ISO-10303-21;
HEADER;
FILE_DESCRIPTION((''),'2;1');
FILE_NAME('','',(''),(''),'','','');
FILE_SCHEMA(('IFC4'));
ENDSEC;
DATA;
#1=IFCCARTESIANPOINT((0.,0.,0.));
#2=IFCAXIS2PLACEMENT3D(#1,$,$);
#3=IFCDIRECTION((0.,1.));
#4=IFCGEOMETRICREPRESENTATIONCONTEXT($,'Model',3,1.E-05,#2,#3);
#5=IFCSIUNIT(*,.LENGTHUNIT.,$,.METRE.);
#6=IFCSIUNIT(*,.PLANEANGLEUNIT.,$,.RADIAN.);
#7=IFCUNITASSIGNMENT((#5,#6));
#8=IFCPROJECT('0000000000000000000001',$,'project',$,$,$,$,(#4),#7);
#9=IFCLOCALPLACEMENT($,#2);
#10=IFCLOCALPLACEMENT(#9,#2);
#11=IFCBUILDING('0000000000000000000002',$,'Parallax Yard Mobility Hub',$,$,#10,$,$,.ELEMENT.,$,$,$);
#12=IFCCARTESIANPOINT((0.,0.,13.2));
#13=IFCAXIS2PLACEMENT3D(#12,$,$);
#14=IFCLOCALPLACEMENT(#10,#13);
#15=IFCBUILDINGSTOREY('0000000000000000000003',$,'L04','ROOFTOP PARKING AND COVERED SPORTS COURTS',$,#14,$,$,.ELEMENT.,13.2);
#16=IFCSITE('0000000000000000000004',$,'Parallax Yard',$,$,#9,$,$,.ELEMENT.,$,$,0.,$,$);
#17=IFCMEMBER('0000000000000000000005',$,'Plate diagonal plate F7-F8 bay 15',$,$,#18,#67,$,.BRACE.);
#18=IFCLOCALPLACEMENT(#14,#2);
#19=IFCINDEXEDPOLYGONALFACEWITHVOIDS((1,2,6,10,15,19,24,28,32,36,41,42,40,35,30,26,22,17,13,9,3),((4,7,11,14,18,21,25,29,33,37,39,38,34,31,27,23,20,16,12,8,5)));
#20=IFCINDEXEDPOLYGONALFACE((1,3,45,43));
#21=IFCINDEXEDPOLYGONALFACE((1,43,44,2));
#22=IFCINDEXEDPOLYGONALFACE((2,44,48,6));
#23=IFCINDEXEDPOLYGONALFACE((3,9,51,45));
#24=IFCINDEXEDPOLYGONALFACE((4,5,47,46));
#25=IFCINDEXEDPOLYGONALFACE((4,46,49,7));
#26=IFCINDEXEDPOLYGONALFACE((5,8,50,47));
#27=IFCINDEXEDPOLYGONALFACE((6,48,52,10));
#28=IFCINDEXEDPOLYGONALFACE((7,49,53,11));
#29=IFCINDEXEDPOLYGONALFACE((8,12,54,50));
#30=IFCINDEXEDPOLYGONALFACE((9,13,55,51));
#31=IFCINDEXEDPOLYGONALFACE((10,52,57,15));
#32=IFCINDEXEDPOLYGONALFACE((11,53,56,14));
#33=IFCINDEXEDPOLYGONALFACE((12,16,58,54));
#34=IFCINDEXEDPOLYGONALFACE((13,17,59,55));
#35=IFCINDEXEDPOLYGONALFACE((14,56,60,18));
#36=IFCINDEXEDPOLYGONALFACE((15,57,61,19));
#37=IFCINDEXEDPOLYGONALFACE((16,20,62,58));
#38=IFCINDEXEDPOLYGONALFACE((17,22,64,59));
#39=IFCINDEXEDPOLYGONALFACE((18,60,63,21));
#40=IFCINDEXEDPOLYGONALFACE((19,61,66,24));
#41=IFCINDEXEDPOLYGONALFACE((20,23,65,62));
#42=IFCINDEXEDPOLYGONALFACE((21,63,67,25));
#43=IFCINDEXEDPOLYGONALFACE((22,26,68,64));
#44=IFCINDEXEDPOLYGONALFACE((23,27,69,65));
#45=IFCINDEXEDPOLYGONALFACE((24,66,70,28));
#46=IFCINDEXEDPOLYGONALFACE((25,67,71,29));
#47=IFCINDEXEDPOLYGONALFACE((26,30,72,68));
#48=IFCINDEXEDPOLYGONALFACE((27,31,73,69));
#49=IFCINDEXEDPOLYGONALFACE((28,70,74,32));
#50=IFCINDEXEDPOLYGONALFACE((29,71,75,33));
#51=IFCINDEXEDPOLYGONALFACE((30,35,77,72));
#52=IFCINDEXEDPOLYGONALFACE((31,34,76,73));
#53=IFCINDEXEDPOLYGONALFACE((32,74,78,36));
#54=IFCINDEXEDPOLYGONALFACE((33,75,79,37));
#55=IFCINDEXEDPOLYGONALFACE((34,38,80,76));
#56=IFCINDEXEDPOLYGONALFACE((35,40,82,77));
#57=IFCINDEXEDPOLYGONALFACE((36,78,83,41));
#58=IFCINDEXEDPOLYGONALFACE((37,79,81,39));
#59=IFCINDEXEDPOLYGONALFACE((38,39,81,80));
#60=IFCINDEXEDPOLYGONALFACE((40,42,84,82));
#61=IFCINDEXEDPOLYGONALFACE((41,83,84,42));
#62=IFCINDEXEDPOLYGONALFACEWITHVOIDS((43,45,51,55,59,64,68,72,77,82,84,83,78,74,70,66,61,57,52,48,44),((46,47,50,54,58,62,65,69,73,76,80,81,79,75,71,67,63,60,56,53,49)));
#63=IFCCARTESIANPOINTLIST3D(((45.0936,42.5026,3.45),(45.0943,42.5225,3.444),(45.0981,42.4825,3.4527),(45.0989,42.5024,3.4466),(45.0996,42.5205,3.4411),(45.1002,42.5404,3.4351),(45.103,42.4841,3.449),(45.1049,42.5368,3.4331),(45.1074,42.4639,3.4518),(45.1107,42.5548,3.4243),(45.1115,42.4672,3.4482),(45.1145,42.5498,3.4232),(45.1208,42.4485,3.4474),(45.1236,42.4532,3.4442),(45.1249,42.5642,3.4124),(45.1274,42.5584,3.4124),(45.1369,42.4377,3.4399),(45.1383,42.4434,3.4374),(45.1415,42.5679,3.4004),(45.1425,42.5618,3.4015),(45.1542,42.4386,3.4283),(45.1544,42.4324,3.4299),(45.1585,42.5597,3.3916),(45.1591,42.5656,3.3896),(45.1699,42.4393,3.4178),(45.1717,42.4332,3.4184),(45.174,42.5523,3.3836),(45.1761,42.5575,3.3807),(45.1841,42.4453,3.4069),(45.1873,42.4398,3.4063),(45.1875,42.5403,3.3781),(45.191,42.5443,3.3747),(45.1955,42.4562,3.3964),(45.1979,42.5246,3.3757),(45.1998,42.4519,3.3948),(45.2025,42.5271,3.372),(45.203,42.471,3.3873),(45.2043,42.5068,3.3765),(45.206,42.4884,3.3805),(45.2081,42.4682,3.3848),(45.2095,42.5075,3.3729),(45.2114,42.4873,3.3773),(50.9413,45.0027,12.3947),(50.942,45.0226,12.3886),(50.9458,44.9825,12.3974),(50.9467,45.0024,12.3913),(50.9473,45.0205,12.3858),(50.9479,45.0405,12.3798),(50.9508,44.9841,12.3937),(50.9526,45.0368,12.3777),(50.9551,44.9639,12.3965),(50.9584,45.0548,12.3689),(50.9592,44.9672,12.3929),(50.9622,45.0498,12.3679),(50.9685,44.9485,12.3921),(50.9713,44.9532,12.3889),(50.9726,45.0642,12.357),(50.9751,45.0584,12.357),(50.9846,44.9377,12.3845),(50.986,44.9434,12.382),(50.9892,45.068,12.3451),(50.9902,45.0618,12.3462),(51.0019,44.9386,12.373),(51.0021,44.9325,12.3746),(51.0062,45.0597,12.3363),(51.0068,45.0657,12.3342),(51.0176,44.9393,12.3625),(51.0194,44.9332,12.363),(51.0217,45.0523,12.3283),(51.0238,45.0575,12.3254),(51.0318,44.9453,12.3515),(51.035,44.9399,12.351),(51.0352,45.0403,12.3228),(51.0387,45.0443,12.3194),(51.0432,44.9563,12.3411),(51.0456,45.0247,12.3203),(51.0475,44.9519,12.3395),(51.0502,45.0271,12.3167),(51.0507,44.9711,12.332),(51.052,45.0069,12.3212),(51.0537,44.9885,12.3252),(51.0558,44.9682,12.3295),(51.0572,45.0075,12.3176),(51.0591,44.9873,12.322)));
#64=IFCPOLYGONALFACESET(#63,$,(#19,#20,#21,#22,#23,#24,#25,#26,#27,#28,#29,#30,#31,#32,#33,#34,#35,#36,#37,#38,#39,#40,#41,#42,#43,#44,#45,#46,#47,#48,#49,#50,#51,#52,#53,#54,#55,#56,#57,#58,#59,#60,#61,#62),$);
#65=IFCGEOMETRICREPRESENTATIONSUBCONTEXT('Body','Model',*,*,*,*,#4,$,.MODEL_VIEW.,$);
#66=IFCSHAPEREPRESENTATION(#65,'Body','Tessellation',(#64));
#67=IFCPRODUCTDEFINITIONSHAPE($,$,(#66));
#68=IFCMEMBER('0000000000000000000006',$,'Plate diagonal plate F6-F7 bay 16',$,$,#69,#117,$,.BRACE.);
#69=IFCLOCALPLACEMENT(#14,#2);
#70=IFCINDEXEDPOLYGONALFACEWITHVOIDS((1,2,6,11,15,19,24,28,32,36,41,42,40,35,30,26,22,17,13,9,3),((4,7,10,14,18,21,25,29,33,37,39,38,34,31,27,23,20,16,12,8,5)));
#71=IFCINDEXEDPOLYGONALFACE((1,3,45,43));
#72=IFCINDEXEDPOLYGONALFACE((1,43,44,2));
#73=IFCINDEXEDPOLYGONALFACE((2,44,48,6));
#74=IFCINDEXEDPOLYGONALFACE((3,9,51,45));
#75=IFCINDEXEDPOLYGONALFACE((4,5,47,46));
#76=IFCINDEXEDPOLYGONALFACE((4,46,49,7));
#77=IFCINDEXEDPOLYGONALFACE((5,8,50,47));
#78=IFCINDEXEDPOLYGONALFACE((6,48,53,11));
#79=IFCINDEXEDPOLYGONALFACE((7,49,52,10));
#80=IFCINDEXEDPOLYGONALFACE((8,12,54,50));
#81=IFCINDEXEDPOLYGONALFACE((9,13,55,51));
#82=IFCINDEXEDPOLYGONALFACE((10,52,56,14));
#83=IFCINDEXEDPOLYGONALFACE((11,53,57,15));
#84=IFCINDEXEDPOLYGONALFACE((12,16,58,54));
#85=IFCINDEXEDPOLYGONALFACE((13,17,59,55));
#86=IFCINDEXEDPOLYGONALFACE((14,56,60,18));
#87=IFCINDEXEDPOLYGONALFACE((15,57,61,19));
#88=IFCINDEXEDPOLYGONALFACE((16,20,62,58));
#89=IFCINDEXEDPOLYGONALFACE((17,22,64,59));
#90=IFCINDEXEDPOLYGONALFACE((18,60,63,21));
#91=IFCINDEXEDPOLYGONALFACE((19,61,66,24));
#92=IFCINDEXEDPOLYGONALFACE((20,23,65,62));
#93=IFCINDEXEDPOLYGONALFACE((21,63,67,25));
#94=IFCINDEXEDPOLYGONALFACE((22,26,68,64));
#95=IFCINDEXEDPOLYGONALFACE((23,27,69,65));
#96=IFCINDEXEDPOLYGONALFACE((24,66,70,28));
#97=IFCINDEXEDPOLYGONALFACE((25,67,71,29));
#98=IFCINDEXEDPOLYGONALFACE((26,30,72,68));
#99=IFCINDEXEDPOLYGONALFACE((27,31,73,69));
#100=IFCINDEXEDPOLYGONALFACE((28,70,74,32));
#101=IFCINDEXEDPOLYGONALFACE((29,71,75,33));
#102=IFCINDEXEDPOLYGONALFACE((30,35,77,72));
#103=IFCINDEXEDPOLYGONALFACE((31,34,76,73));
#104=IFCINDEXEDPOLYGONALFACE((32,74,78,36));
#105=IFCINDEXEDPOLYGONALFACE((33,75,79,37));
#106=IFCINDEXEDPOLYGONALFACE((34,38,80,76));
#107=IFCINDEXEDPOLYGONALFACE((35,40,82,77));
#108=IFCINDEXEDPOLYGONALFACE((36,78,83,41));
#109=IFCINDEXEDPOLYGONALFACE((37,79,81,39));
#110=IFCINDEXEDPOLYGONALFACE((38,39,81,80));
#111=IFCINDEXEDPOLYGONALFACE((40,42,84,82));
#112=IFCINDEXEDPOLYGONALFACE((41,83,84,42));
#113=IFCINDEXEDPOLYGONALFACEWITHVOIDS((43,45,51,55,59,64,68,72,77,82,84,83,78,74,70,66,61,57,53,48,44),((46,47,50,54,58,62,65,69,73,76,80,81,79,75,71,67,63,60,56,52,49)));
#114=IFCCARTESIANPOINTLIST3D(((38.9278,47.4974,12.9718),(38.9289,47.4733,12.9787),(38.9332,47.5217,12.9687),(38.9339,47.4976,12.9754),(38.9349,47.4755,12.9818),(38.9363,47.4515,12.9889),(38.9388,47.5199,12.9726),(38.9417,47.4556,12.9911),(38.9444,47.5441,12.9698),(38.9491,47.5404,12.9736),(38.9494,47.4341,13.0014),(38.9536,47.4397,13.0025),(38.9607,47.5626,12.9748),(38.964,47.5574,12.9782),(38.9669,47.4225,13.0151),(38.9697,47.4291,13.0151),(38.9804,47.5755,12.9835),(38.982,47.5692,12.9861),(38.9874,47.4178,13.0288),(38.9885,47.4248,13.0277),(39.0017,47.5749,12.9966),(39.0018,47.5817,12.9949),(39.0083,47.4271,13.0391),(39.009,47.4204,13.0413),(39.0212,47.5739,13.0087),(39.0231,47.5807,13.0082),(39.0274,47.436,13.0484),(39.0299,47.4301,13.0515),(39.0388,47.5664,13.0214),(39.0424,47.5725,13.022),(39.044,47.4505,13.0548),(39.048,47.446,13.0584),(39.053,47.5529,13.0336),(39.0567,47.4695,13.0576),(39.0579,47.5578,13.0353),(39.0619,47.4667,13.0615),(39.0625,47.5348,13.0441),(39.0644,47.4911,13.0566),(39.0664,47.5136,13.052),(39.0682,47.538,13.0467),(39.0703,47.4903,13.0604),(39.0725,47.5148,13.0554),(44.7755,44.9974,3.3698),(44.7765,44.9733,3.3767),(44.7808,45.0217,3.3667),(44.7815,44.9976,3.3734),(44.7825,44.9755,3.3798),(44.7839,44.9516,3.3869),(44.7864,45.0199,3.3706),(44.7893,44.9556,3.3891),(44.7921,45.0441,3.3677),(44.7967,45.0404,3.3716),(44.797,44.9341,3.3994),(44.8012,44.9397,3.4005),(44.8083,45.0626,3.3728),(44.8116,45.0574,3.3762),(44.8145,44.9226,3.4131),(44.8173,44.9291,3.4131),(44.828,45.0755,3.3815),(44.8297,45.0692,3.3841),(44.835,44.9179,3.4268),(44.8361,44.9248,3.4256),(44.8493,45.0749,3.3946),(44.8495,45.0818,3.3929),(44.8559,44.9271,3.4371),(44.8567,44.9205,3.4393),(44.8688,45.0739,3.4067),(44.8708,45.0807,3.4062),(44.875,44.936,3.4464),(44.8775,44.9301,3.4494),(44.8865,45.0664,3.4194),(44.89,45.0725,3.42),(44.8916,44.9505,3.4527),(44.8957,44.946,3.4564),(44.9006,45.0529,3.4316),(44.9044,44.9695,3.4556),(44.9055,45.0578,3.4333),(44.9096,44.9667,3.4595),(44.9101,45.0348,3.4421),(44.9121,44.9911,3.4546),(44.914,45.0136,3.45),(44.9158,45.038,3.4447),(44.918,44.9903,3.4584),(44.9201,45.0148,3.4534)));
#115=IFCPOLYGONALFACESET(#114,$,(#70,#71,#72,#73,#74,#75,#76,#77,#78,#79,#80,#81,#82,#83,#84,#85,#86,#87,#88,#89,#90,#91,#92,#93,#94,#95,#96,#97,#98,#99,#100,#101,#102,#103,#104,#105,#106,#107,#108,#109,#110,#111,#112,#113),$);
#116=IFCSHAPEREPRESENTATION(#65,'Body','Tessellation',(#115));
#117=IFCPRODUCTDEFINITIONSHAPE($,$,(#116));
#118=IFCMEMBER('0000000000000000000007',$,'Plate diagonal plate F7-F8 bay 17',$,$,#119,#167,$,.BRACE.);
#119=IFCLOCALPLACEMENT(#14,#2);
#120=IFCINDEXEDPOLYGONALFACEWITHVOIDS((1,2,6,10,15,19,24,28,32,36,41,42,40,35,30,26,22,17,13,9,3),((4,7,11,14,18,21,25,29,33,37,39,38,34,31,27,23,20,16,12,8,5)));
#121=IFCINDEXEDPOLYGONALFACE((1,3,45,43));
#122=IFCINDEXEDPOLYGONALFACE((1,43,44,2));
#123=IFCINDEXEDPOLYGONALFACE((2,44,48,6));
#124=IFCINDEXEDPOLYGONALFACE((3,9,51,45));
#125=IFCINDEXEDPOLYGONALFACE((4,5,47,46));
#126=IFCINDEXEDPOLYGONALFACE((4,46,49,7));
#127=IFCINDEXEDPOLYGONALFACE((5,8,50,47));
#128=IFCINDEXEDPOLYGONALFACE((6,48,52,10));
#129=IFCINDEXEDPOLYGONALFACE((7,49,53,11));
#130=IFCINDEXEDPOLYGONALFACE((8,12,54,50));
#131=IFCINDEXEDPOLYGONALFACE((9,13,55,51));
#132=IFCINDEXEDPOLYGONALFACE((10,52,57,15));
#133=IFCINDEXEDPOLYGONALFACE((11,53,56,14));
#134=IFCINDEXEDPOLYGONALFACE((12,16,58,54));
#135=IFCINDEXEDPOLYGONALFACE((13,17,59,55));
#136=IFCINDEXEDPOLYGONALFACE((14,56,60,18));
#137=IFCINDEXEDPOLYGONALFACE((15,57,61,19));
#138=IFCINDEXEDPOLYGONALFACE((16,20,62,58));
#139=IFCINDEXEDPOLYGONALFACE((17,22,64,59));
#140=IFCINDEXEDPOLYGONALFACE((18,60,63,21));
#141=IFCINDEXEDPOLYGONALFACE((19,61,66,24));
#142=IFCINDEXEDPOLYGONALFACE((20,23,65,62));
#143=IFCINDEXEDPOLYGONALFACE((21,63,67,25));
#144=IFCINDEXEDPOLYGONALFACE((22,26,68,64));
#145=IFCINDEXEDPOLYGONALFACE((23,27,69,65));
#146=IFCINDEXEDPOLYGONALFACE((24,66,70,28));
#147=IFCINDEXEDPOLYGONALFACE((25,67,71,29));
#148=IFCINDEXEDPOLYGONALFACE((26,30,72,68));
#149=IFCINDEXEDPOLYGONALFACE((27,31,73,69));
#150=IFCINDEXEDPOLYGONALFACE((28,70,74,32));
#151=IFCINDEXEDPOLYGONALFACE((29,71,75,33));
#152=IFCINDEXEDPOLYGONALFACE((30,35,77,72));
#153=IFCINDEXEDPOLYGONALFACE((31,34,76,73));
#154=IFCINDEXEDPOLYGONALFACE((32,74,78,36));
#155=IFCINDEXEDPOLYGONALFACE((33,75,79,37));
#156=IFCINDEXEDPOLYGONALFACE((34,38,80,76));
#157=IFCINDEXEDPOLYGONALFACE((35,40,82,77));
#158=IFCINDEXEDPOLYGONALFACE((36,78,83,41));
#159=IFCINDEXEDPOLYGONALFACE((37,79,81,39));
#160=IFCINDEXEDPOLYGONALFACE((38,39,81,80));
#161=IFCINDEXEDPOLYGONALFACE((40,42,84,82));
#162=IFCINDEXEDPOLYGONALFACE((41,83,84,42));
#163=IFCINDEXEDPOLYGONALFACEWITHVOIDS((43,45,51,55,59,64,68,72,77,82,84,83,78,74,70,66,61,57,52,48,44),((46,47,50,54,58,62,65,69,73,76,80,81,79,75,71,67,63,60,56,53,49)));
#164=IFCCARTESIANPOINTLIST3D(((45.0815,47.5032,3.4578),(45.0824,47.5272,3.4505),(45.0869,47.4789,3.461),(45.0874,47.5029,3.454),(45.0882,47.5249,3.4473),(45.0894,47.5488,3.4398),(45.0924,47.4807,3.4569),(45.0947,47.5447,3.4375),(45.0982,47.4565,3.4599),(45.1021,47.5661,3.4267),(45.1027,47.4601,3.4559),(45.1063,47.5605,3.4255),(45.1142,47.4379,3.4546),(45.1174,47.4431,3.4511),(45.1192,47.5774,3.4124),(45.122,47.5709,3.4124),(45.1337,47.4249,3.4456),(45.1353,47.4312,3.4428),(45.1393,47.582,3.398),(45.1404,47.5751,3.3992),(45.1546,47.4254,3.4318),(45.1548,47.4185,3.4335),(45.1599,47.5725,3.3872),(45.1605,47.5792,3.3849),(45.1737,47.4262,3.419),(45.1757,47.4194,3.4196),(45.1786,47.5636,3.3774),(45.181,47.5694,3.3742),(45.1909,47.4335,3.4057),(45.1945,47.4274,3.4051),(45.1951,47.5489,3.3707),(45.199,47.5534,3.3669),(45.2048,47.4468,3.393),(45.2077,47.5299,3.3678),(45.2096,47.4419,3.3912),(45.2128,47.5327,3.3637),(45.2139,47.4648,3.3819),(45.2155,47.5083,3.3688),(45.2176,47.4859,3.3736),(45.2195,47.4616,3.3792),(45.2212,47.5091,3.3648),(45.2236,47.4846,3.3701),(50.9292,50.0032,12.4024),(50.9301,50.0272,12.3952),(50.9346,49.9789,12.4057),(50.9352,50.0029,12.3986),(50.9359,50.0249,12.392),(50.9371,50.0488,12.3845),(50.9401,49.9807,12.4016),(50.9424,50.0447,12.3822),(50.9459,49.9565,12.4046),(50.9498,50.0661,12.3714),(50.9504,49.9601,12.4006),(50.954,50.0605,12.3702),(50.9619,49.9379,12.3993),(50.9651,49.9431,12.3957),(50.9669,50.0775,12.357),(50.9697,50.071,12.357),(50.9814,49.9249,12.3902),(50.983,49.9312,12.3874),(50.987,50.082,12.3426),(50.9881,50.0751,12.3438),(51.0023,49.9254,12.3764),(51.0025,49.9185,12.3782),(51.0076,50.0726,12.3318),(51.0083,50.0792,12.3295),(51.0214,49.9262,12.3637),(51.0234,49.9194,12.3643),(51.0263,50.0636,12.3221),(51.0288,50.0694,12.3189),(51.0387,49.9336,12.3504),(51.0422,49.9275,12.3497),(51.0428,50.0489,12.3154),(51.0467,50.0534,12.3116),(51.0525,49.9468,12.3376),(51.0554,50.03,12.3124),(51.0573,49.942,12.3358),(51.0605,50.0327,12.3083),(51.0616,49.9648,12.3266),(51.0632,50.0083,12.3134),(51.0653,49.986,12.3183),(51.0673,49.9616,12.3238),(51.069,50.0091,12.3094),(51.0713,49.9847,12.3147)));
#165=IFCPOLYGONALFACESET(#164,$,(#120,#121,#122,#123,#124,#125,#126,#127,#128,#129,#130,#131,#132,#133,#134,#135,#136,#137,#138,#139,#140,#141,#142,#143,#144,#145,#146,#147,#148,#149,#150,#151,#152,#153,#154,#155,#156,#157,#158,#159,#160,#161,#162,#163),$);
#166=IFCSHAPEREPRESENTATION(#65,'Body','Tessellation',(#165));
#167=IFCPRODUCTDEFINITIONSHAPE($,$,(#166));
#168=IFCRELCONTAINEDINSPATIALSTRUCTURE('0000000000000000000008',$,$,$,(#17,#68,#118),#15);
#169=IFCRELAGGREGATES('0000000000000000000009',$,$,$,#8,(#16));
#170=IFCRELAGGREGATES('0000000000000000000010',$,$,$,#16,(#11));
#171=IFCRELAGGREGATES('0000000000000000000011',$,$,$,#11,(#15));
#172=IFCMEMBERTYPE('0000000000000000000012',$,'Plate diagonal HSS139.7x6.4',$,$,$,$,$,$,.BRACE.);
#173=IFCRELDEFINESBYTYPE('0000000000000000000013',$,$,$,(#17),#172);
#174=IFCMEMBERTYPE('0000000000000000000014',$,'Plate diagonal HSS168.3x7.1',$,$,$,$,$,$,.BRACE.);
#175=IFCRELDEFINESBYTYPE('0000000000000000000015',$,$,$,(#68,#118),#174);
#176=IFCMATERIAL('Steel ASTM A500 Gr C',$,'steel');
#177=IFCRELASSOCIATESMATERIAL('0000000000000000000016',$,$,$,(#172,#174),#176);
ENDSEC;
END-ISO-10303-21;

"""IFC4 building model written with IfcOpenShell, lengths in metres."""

from ifc_helpers import new_model, si_unit, direction, frame, origin, origin_2d, place, context, subcontext, project, spatial, hollow_circle, extrude, material, material_profile, profile_set, type_object, element, save


model = new_model("IFC4")

# Units and contexts
model_context = context("Model", 3, precision=1e-05, world=origin(), true_north=direction((0.0, 1.0)))
body_context = subcontext(model_context, "Body", "Model", "MODEL_VIEW")
ifc_project = project(units=[si_unit("LENGTHUNIT", "METRE"), si_unit("PLANEANGLEUNIT", "RADIAN")], contexts=[model_context])

# Site, building, storey
site_placement = place(None, origin())
site = spatial("IfcSite", under=ifc_project, at=site_placement, Name="Parallax Yard", CompositionType="ELEMENT", RefElevation=0.0)
building_placement = place(site_placement, origin())
building = spatial("IfcBuilding", under=site, at=building_placement, Name="Parallax Yard Mobility Hub", CompositionType="ELEMENT")
storey_placement = place(building_placement, frame((0.0, 0.0, 13.2)))
storey = spatial("IfcBuildingStorey", under=building, at=storey_placement, Name="L04", Description="ROOFTOP PARKING AND COVERED SPORTS COURTS", CompositionType="ELEMENT", Elevation=13.2)

# Members
ifc_material_1 = material(Name="Steel ASTM A500 Gr C", Category="steel")
ifc_material_profile_1 = material_profile(ifc_material_1, hollow_circle(Radius=0.0698, WallThickness=0.0063, at=origin_2d()), Name="HSS139.7x6.4")
ifc_profile_set_1 = profile_set([ifc_material_profile_1], Name="Steel ASTM A500 Gr C")
member_type_1 = type_object("IfcMemberType", Name="Plate diagonal HSS139.7x6.4", PredefinedType="BRACE", material=ifc_profile_set_1)
member_1_placement = place(storey_placement, frame((45.1523, 42.5, 3.4124), z_axis=(0.532816, 0.22779, 0.814996), x_axis=(-0.393104, 0.919494, 0.0)))
element("IfcMember", 1, at=member_1_placement, inside=storey, type_object=member_type_1, Name="Plate diagonal plate F7-F8 bay 15", PredefinedType="BRACE", context=body_context, shape_type="SweptSolid", body=[
    extrude(hollow_circle(Radius=0.0698, WallThickness=0.0063, at=origin_2d()), origin(), (0.0, 0.0, 1.0), 10.9751),
])
ifc_material_profile_2 = material_profile(ifc_material_1, hollow_circle(Radius=0.0842, WallThickness=0.0071, at=origin_2d()), Name="HSS168.3x7.1")
ifc_profile_set_2 = profile_set([ifc_material_profile_2], Name="Steel ASTM A500 Gr C")
member_type_2 = type_object("IfcMemberType", Name="Plate diagonal HSS168.3x7.1", PredefinedType="BRACE", material=ifc_profile_set_2)
member_2_placement = place(storey_placement, frame((44.8477, 45.0, 3.4131), z_axis=(-0.507735, 0.217068, 0.833718), x_axis=(-0.393104, -0.919494, 0.0)))
element("IfcMember", 2, at=member_2_placement, inside=storey, type_object=member_type_2, Name="Plate diagonal plate F6-F7 bay 16", PredefinedType="BRACE", context=body_context, shape_type="SweptSolid", body=[
    extrude(hollow_circle(Radius=0.0842, WallThickness=0.0071, at=origin_2d()), origin(), (0.0, 0.0, 1.0), 11.5171),
])
member_3_placement = place(storey_placement, frame((45.1523, 47.5, 3.4124), z_axis=(0.532816, 0.22779, 0.814996), x_axis=(-0.393104, 0.919494, 0.0)))
element("IfcMember", 3, at=member_3_placement, inside=storey, type_object=member_type_2, Name="Plate diagonal plate F7-F8 bay 17", PredefinedType="BRACE", context=body_context, shape_type="SweptSolid", body=[
    extrude(hollow_circle(Radius=0.0842, WallThickness=0.0071, at=origin_2d()), origin(), (0.0, 0.0, 1.0), 10.9751),
])

save(model, "model.ifc")
